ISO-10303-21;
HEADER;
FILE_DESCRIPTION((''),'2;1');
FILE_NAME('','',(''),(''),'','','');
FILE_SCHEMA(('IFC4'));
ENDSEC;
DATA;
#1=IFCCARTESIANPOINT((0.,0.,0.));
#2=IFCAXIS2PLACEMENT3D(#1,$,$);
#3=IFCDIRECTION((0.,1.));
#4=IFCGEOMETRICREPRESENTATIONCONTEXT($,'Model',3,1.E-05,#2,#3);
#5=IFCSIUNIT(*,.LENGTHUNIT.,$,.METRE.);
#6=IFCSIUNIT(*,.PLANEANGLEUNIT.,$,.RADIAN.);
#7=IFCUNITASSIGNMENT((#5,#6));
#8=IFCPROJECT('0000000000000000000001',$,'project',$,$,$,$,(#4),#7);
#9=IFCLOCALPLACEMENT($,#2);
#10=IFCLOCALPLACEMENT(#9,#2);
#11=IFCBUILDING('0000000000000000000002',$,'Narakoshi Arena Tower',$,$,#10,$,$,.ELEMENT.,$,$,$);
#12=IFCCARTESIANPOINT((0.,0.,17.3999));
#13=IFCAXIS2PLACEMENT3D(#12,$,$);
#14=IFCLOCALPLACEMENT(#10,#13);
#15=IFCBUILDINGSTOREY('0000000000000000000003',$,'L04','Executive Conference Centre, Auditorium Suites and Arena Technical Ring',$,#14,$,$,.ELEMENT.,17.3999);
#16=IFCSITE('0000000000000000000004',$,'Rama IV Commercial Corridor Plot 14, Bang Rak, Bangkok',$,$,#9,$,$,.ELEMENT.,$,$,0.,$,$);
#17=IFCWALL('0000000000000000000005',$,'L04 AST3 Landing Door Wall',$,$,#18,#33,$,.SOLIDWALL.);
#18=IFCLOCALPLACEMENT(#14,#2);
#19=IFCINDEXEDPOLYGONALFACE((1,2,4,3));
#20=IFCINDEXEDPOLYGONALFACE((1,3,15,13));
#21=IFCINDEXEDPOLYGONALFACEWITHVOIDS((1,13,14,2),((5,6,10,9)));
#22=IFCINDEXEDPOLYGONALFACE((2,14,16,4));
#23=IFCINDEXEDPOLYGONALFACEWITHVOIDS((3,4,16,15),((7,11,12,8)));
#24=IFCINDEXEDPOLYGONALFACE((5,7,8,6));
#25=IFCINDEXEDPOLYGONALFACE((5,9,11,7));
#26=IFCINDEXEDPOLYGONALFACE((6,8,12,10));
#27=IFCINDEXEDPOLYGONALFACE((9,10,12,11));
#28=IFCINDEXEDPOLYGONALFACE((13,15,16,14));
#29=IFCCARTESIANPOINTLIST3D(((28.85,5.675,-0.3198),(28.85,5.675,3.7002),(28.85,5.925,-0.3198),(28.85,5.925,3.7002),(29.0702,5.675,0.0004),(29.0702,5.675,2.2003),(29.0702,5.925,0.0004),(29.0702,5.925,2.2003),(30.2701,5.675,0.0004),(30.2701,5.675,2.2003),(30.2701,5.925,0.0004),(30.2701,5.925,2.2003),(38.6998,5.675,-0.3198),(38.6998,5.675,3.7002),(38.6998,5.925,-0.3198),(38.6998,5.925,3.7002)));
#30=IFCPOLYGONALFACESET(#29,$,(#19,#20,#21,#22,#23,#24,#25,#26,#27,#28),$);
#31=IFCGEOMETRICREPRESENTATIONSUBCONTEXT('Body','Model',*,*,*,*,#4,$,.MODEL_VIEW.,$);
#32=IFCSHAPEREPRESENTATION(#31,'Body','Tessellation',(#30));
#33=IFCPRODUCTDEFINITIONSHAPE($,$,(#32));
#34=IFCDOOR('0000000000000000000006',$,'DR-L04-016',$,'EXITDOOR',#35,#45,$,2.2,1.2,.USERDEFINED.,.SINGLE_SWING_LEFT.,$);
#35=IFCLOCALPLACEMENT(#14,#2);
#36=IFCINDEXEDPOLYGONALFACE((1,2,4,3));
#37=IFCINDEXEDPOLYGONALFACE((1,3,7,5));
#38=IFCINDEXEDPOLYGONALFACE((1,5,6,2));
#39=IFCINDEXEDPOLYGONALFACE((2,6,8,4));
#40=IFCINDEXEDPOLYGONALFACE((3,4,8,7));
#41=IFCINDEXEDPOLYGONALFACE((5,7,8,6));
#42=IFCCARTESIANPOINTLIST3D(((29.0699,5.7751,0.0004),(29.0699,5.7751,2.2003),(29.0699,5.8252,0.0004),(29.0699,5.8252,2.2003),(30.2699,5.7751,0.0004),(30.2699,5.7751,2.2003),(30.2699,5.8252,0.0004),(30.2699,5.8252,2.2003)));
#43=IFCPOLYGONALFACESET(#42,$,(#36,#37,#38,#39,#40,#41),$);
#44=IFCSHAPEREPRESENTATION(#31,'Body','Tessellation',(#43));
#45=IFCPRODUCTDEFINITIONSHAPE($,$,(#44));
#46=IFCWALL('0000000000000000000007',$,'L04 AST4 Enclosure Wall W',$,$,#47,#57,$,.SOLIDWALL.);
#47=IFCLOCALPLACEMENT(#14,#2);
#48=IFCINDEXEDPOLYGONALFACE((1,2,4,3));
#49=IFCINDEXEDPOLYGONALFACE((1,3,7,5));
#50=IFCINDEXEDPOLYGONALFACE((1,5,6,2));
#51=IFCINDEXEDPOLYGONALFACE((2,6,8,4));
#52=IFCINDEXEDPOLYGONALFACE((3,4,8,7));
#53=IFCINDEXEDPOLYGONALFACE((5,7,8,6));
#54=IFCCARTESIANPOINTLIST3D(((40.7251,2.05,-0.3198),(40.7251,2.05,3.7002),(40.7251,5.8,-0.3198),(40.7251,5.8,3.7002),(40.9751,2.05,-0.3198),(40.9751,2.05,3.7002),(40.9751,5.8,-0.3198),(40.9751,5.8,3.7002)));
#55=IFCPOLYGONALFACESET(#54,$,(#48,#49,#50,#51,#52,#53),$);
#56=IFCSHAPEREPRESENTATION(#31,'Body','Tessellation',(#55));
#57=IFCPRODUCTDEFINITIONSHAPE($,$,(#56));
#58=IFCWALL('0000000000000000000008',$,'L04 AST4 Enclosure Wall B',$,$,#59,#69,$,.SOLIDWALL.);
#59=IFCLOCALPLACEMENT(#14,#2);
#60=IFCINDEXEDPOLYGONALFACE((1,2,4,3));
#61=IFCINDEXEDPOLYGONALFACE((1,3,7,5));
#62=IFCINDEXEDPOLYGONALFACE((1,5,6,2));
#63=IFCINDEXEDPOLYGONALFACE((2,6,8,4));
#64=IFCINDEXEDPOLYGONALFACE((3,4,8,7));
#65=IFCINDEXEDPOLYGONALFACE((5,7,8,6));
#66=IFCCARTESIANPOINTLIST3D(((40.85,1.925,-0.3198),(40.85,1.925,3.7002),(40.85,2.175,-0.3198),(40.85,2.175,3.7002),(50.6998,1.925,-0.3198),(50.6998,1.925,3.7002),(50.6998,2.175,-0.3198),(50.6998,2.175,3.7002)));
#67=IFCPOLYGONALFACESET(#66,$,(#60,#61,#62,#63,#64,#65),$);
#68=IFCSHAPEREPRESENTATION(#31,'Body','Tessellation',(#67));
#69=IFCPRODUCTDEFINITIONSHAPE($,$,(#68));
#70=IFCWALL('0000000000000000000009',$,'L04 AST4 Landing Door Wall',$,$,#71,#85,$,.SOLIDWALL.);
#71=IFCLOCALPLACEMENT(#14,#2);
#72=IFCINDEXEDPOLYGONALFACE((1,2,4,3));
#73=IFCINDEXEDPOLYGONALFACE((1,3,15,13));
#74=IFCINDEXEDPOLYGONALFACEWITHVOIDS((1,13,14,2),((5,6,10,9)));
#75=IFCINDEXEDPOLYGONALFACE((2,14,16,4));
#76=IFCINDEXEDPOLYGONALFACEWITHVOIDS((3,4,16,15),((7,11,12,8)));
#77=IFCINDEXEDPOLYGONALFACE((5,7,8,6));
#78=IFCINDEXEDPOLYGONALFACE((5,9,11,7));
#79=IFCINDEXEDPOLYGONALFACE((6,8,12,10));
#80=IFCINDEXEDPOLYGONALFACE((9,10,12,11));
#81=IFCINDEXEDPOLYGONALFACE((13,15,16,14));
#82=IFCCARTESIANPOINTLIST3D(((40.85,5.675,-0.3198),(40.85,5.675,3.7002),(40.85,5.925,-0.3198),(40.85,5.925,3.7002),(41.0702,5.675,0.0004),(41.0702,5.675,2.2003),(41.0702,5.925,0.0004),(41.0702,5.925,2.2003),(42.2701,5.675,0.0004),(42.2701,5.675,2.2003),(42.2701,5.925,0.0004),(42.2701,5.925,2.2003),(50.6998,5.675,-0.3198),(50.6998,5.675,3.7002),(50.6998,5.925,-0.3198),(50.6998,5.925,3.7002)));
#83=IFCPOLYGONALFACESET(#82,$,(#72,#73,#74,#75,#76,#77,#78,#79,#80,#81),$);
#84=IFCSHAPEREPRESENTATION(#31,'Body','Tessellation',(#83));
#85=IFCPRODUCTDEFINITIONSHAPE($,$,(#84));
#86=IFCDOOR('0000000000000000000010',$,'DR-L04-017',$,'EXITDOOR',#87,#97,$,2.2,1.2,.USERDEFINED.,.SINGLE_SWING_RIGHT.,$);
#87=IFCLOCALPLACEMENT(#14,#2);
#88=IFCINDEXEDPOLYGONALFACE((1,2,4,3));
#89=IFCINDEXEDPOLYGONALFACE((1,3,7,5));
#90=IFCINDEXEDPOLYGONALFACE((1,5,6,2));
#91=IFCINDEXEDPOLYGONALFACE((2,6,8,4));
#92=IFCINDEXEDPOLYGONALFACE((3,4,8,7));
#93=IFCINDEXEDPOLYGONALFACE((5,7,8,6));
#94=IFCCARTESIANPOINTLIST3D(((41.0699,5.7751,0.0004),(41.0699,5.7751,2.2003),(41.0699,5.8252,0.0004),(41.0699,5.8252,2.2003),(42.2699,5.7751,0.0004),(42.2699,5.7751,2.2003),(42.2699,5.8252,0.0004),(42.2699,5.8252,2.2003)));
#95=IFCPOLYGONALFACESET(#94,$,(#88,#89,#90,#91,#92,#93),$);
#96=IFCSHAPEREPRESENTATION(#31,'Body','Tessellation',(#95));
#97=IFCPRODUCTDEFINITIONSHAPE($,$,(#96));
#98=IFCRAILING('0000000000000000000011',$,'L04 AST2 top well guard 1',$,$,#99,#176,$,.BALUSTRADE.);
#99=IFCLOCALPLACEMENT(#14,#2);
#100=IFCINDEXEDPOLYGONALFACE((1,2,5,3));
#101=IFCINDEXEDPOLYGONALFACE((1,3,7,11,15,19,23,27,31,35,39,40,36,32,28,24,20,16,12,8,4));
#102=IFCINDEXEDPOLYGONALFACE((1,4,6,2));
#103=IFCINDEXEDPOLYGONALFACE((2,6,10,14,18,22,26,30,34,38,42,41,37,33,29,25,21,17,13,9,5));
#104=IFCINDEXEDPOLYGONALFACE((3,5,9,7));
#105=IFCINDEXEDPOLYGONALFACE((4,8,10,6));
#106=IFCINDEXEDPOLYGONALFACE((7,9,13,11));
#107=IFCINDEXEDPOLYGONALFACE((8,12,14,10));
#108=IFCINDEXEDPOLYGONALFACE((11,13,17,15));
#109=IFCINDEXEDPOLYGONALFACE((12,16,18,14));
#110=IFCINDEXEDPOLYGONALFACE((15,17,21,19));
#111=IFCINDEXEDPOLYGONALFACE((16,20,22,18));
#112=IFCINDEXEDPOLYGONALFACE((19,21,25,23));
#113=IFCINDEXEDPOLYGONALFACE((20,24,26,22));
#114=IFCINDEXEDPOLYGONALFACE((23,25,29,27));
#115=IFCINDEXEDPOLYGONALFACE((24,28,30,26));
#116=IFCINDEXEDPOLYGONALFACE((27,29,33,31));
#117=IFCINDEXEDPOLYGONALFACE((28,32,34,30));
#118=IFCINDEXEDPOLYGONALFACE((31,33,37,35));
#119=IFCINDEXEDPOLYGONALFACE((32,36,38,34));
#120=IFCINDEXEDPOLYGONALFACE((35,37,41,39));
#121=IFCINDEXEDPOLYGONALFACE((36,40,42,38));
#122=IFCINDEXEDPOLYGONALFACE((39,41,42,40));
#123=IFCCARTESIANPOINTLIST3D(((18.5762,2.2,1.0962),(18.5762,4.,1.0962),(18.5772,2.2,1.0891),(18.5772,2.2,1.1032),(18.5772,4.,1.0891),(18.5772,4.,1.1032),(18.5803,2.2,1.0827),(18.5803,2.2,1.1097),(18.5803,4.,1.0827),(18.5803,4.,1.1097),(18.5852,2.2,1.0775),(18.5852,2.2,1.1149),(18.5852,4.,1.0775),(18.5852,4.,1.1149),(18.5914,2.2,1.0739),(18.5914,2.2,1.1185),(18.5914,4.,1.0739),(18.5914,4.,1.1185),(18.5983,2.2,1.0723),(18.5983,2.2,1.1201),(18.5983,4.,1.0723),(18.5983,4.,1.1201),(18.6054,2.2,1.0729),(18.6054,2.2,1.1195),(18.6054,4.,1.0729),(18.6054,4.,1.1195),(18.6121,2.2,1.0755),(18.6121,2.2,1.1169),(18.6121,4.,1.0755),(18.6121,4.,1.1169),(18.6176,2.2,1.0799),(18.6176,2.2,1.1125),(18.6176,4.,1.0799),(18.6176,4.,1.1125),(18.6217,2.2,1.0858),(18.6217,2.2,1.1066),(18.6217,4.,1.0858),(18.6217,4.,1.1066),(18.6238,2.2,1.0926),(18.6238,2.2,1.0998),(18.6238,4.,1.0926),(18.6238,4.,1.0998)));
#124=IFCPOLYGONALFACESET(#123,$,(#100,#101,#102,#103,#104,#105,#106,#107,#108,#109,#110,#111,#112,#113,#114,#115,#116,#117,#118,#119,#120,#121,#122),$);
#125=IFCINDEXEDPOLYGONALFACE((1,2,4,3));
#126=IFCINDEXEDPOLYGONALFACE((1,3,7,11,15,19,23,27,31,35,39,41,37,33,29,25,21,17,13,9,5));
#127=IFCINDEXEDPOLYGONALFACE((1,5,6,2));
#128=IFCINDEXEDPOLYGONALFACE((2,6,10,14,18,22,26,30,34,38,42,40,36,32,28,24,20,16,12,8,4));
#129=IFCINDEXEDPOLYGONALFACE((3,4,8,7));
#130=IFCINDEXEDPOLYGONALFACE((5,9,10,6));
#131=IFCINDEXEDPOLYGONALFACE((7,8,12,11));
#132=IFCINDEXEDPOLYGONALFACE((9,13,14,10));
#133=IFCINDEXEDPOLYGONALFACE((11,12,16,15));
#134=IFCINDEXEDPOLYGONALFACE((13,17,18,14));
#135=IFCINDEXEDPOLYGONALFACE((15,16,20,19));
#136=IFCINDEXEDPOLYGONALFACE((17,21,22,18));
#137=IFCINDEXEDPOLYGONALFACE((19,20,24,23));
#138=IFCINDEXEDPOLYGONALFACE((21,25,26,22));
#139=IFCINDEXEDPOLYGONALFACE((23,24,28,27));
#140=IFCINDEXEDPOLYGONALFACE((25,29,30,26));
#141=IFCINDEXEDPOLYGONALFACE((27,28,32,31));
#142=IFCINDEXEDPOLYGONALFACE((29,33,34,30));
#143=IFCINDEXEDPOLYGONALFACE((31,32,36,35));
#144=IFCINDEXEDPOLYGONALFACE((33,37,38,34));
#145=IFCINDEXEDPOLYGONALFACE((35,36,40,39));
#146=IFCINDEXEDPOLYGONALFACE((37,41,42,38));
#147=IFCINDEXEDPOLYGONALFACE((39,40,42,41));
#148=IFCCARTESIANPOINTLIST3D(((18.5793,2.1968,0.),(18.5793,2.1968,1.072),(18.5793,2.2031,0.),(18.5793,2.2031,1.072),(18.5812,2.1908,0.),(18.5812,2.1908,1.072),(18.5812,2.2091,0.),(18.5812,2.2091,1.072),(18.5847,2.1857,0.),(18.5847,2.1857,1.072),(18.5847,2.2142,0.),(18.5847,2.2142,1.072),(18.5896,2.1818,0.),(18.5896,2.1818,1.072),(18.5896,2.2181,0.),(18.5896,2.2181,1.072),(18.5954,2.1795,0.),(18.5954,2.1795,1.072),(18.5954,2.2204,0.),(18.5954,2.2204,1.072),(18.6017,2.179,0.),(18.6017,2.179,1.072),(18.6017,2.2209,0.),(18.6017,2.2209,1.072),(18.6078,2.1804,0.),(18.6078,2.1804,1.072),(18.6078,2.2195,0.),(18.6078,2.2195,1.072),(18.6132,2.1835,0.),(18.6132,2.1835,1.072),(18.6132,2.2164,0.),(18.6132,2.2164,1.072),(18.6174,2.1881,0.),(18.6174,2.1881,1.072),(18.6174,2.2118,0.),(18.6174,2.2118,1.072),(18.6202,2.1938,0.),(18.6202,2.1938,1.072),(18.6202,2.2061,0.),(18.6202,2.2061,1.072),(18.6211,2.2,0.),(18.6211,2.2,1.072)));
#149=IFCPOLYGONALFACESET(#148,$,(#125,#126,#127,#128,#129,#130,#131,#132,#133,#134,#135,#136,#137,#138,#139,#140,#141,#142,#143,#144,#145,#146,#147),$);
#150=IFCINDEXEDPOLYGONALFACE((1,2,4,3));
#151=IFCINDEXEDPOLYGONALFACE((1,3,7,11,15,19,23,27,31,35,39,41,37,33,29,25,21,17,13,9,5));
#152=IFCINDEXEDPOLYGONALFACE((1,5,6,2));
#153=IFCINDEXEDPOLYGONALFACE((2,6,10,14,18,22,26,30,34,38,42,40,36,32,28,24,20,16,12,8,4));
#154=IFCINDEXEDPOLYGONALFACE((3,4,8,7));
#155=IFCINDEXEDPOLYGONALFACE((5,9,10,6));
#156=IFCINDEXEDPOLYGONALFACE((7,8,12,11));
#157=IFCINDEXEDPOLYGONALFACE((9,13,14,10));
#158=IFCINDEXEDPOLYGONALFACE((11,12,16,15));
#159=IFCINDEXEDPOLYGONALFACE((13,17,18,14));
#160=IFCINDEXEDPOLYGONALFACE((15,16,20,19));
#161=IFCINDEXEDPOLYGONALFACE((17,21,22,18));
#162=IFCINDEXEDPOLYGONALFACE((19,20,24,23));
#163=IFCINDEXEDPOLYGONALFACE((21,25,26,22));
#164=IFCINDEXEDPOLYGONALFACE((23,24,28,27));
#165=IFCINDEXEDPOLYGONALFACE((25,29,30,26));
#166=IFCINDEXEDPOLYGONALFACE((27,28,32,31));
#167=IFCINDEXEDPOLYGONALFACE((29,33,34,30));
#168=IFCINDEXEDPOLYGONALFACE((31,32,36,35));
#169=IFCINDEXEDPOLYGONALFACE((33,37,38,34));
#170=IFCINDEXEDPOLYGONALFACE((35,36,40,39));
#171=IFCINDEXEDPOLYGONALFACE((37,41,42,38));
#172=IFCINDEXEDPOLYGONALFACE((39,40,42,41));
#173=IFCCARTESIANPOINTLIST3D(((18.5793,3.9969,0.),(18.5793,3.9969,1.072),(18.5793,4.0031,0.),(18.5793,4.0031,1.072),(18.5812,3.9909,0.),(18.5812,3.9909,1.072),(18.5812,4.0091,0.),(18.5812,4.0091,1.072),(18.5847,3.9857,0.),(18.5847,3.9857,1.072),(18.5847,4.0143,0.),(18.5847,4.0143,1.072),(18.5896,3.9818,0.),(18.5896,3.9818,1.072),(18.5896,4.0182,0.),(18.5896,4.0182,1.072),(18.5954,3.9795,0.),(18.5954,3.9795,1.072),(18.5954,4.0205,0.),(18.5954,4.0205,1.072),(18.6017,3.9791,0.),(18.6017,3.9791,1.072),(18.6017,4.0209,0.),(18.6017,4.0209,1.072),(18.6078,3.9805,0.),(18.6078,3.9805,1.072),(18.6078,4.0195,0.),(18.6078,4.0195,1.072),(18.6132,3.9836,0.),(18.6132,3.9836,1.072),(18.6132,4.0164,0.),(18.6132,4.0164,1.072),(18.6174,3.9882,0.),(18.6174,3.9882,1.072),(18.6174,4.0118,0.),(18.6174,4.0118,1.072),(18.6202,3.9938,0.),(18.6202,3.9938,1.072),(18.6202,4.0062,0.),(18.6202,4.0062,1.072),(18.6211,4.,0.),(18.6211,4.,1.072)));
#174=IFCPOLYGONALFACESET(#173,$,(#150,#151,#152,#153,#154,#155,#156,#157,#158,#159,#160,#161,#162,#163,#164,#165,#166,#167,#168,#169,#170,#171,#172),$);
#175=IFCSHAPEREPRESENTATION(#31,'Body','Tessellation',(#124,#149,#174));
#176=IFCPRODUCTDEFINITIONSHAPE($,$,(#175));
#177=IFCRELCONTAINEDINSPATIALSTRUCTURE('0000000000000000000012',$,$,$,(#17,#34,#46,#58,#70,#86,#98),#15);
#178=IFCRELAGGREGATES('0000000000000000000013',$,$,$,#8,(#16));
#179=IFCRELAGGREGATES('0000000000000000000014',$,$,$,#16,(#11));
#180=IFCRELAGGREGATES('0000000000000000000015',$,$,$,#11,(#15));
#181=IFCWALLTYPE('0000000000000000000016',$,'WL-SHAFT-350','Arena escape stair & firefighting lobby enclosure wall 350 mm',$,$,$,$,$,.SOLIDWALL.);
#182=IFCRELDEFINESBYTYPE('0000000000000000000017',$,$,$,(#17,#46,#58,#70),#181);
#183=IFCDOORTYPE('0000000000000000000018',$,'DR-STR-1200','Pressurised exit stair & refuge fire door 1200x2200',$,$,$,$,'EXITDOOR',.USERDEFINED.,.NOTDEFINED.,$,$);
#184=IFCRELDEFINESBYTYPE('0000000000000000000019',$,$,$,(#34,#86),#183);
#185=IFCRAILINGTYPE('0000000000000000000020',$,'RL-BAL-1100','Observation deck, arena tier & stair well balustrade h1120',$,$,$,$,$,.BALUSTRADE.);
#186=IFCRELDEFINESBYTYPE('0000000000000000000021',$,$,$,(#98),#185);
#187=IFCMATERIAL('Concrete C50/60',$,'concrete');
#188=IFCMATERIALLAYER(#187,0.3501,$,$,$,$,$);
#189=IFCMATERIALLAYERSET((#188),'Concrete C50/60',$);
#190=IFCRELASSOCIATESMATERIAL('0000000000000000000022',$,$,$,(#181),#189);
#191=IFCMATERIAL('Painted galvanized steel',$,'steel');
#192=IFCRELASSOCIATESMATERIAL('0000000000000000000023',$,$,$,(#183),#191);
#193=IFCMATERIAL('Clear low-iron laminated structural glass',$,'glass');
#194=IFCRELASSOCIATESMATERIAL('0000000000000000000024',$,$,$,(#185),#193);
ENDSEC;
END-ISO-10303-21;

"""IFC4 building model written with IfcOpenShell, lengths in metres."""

from ifc_helpers import new_model, si_unit, direction, frame, frame_2d, origin, origin_2d, place, context, subcontext, project, spatial, rectangle, circle, extrude, material, layer, layer_set, type_object, element, fill, save


model = new_model("IFC4")

# Units and contexts
model_context = context("Model", 3, precision=1e-05, world=origin(), true_north=direction((0.0, 1.0)))
body_context = subcontext(model_context, "Body", "Model", "MODEL_VIEW")
ifc_project = project(units=[si_unit("LENGTHUNIT", "METRE"), si_unit("PLANEANGLEUNIT", "RADIAN")], contexts=[model_context])

# Site, building, storey
site_placement = place(None, origin())
site = spatial("IfcSite", under=ifc_project, at=site_placement, Name="Rama IV Commercial Corridor Plot 14, Bang Rak, Bangkok", CompositionType="ELEMENT", RefElevation=0.0)
building_placement = place(site_placement, origin())
building = spatial("IfcBuilding", under=site, at=building_placement, Name="Narakoshi Arena Tower", CompositionType="ELEMENT")
storey_placement = place(building_placement, frame((0.0, 0.0, 17.3999)))
storey = spatial("IfcBuildingStorey", under=building, at=storey_placement, Name="L04", Description="Executive Conference Centre, Auditorium Suites and Arena Technical Ring", CompositionType="ELEMENT", Elevation=17.3999)

# Shared definitions
ifc_material_1 = material(Name="Concrete C50/60", Category="concrete")
ifc_layer = layer(ifc_material_1, 0.3501)
ifc_layer_set = layer_set([ifc_layer], Name="Concrete C50/60")
wall_type = type_object("IfcWallType", Name="WL-SHAFT-350", Description="Arena escape stair & firefighting lobby enclosure wall 350 mm", PredefinedType="SOLIDWALL", material=ifc_layer_set)

# Shared definitions
ifc_material_2 = material(Name="Painted galvanized steel", Category="steel")
door_type = type_object("IfcDoorType", Name="DR-STR-1200", Description="Pressurised exit stair & refuge fire door 1200x2200", ElementType="EXITDOOR", OperationType="NOTDEFINED", PredefinedType="USERDEFINED", material=ifc_material_2)

# Wall, opening, door
wall_1_placement = place(storey_placement, frame((28.8501, 5.8, -0.3198), z_axis=(0.0, 0.0, 1.0), x_axis=(1.0, 0.0, 0.0)))
wall_1 = element("IfcWall", 1, at=wall_1_placement, inside=storey, type_object=wall_type, Name="L04 AST3 Landing Door Wall", PredefinedType="SOLIDWALL", context=body_context, shape_type="SweptSolid", body=[
    extrude(rectangle(XDim=9.8499, YDim=0.25, at=frame_2d((4.9248, 0.0))), origin(), (0.0, 0.0, 1.0), 4.02),
])
opening_1_placement = place(wall_1_placement, frame((0.22, 0.0, 0.3201)))
opening_1 = element("IfcOpeningElement", 2, at=opening_1_placement, cuts=wall_1, PredefinedType="OPENING", context=body_context, shape_type="SweptSolid", body=[
    extrude(rectangle(XDim=1.2, YDim=2.2, at=frame_2d((0.6001, 1.1001))), frame((0.0, 0.135, 0.0), z_axis=(0.0, -1.0, 0.0), x_axis=(1.0, 0.0, 0.0)), (0.0, 0.0, 1.0), 0.27),
])
door_1_placement = place(opening_1_placement, frame((1.2, 0.0, 0.0), z_axis=(0.0, 0.0, 1.0), x_axis=(-1.0, 0.0, 0.0)))
door_1 = element("IfcDoor", 3, at=door_1_placement, inside=storey, type_object=door_type, Name="DR-L04-016", ObjectType="EXITDOOR", OperationType="SINGLE_SWING_LEFT", OverallHeight=2.2, OverallWidth=1.2, PredefinedType="USERDEFINED", context=body_context, shape_type="SweptSolid", body=[
    extrude(rectangle(XDim=1.2, YDim=2.2, at=frame_2d((0.6001, 1.1001))), frame((0.0, 0.0249, 0.0), z_axis=(0.0, -1.0, 0.0), x_axis=(1.0, 0.0, 0.0)), (0.0, 0.0, 1.0), 0.05),
])
fill(opening_1, door_1)

# Walls
wall_2_placement = place(storey_placement, frame((40.8501, 2.05, -0.3198), z_axis=(0.0, 0.0, 1.0), x_axis=(0.0, 1.0, 0.0)))
element("IfcWall", 4, at=wall_2_placement, inside=storey, type_object=wall_type, Name="L04 AST4 Enclosure Wall W", PredefinedType="SOLIDWALL", context=body_context, shape_type="SweptSolid", body=[
    extrude(rectangle(XDim=3.75, YDim=0.25, at=frame_2d((1.875, 0.0))), origin(), (0.0, 0.0, 1.0), 4.02),
])
wall_3_placement = place(storey_placement, frame((40.8501, 2.05, -0.3198), z_axis=(0.0, 0.0, 1.0), x_axis=(1.0, 0.0, 0.0)))
element("IfcWall", 5, at=wall_3_placement, inside=storey, type_object=wall_type, Name="L04 AST4 Enclosure Wall B", PredefinedType="SOLIDWALL", context=body_context, shape_type="SweptSolid", body=[
    extrude(rectangle(XDim=9.8499, YDim=0.25, at=frame_2d((4.9248, 0.0))), origin(), (0.0, 0.0, 1.0), 4.02),
])

# Wall, opening, door
wall_4_placement = place(storey_placement, frame((40.8501, 5.8, -0.3198), z_axis=(0.0, 0.0, 1.0), x_axis=(1.0, 0.0, 0.0)))
wall_4 = element("IfcWall", 6, at=wall_4_placement, inside=storey, type_object=wall_type, Name="L04 AST4 Landing Door Wall", PredefinedType="SOLIDWALL", context=body_context, shape_type="SweptSolid", body=[
    extrude(rectangle(XDim=9.8499, YDim=0.25, at=frame_2d((4.9248, 0.0))), origin(), (0.0, 0.0, 1.0), 4.02),
])
opening_2_placement = place(wall_4_placement, frame((0.22, 0.0, 0.3201)))
opening_2 = element("IfcOpeningElement", 7, at=opening_2_placement, cuts=wall_4, PredefinedType="OPENING", context=body_context, shape_type="SweptSolid", body=[
    extrude(rectangle(XDim=1.2, YDim=2.2, at=frame_2d((0.6001, 1.1001))), frame((0.0, 0.135, 0.0), z_axis=(0.0, -1.0, 0.0), x_axis=(1.0, 0.0, 0.0)), (0.0, 0.0, 1.0), 0.27),
])
door_2_placement = place(opening_2_placement, frame((1.2, 0.0, 0.0), z_axis=(0.0, 0.0, 1.0), x_axis=(-1.0, 0.0, 0.0)))
door_2 = element("IfcDoor", 8, at=door_2_placement, inside=storey, type_object=door_type, Name="DR-L04-017", ObjectType="EXITDOOR", OperationType="SINGLE_SWING_RIGHT", OverallHeight=2.2, OverallWidth=1.2, PredefinedType="USERDEFINED", context=body_context, shape_type="SweptSolid", body=[
    extrude(rectangle(XDim=1.2, YDim=2.2, at=frame_2d((0.6001, 1.1001))), frame((0.0, 0.0249, 0.0), z_axis=(0.0, -1.0, 0.0), x_axis=(1.0, 0.0, 0.0)), (0.0, 0.0, 1.0), 0.05),
])
fill(opening_2, door_2)

# Railing
ifc_material_3 = material(Name="Clear low-iron laminated structural glass", Category="glass")
railing_type = type_object("IfcRailingType", Name="RL-BAL-1100", Description="Observation deck, arena tier & stair well balustrade h1120", PredefinedType="BALUSTRADE", material=ifc_material_3)
for number, where, name in (
    (9, (18.6001, 2.2, 0.0), "L04 AST2 top well guard 1"),
):
    element("IfcRailing", number, at=place(storey_placement, frame(where)), inside=storey, type_object=railing_type, Name=name, PredefinedType="BALUSTRADE", context=body_context, shape_type="SweptSolid", body=[
        extrude(circle(Radius=0.0239, at=origin_2d()), frame((0.0, 0.0, 1.0962), z_axis=(0.0, 1.0, 0.0), x_axis=(-1.0, 0.0, 0.0)), (0.0, 0.0, 1.0), 1.8),
        extrude(circle(Radius=0.021, at=origin_2d()), origin(), (0.0, 0.0, 1.0), 1.072),
        extrude(circle(Radius=0.021, at=origin_2d()), frame((0.0, 1.8, 0.0)), (0.0, 0.0, 1.0), 1.072),
    ])

save(model, "model.ifc")
